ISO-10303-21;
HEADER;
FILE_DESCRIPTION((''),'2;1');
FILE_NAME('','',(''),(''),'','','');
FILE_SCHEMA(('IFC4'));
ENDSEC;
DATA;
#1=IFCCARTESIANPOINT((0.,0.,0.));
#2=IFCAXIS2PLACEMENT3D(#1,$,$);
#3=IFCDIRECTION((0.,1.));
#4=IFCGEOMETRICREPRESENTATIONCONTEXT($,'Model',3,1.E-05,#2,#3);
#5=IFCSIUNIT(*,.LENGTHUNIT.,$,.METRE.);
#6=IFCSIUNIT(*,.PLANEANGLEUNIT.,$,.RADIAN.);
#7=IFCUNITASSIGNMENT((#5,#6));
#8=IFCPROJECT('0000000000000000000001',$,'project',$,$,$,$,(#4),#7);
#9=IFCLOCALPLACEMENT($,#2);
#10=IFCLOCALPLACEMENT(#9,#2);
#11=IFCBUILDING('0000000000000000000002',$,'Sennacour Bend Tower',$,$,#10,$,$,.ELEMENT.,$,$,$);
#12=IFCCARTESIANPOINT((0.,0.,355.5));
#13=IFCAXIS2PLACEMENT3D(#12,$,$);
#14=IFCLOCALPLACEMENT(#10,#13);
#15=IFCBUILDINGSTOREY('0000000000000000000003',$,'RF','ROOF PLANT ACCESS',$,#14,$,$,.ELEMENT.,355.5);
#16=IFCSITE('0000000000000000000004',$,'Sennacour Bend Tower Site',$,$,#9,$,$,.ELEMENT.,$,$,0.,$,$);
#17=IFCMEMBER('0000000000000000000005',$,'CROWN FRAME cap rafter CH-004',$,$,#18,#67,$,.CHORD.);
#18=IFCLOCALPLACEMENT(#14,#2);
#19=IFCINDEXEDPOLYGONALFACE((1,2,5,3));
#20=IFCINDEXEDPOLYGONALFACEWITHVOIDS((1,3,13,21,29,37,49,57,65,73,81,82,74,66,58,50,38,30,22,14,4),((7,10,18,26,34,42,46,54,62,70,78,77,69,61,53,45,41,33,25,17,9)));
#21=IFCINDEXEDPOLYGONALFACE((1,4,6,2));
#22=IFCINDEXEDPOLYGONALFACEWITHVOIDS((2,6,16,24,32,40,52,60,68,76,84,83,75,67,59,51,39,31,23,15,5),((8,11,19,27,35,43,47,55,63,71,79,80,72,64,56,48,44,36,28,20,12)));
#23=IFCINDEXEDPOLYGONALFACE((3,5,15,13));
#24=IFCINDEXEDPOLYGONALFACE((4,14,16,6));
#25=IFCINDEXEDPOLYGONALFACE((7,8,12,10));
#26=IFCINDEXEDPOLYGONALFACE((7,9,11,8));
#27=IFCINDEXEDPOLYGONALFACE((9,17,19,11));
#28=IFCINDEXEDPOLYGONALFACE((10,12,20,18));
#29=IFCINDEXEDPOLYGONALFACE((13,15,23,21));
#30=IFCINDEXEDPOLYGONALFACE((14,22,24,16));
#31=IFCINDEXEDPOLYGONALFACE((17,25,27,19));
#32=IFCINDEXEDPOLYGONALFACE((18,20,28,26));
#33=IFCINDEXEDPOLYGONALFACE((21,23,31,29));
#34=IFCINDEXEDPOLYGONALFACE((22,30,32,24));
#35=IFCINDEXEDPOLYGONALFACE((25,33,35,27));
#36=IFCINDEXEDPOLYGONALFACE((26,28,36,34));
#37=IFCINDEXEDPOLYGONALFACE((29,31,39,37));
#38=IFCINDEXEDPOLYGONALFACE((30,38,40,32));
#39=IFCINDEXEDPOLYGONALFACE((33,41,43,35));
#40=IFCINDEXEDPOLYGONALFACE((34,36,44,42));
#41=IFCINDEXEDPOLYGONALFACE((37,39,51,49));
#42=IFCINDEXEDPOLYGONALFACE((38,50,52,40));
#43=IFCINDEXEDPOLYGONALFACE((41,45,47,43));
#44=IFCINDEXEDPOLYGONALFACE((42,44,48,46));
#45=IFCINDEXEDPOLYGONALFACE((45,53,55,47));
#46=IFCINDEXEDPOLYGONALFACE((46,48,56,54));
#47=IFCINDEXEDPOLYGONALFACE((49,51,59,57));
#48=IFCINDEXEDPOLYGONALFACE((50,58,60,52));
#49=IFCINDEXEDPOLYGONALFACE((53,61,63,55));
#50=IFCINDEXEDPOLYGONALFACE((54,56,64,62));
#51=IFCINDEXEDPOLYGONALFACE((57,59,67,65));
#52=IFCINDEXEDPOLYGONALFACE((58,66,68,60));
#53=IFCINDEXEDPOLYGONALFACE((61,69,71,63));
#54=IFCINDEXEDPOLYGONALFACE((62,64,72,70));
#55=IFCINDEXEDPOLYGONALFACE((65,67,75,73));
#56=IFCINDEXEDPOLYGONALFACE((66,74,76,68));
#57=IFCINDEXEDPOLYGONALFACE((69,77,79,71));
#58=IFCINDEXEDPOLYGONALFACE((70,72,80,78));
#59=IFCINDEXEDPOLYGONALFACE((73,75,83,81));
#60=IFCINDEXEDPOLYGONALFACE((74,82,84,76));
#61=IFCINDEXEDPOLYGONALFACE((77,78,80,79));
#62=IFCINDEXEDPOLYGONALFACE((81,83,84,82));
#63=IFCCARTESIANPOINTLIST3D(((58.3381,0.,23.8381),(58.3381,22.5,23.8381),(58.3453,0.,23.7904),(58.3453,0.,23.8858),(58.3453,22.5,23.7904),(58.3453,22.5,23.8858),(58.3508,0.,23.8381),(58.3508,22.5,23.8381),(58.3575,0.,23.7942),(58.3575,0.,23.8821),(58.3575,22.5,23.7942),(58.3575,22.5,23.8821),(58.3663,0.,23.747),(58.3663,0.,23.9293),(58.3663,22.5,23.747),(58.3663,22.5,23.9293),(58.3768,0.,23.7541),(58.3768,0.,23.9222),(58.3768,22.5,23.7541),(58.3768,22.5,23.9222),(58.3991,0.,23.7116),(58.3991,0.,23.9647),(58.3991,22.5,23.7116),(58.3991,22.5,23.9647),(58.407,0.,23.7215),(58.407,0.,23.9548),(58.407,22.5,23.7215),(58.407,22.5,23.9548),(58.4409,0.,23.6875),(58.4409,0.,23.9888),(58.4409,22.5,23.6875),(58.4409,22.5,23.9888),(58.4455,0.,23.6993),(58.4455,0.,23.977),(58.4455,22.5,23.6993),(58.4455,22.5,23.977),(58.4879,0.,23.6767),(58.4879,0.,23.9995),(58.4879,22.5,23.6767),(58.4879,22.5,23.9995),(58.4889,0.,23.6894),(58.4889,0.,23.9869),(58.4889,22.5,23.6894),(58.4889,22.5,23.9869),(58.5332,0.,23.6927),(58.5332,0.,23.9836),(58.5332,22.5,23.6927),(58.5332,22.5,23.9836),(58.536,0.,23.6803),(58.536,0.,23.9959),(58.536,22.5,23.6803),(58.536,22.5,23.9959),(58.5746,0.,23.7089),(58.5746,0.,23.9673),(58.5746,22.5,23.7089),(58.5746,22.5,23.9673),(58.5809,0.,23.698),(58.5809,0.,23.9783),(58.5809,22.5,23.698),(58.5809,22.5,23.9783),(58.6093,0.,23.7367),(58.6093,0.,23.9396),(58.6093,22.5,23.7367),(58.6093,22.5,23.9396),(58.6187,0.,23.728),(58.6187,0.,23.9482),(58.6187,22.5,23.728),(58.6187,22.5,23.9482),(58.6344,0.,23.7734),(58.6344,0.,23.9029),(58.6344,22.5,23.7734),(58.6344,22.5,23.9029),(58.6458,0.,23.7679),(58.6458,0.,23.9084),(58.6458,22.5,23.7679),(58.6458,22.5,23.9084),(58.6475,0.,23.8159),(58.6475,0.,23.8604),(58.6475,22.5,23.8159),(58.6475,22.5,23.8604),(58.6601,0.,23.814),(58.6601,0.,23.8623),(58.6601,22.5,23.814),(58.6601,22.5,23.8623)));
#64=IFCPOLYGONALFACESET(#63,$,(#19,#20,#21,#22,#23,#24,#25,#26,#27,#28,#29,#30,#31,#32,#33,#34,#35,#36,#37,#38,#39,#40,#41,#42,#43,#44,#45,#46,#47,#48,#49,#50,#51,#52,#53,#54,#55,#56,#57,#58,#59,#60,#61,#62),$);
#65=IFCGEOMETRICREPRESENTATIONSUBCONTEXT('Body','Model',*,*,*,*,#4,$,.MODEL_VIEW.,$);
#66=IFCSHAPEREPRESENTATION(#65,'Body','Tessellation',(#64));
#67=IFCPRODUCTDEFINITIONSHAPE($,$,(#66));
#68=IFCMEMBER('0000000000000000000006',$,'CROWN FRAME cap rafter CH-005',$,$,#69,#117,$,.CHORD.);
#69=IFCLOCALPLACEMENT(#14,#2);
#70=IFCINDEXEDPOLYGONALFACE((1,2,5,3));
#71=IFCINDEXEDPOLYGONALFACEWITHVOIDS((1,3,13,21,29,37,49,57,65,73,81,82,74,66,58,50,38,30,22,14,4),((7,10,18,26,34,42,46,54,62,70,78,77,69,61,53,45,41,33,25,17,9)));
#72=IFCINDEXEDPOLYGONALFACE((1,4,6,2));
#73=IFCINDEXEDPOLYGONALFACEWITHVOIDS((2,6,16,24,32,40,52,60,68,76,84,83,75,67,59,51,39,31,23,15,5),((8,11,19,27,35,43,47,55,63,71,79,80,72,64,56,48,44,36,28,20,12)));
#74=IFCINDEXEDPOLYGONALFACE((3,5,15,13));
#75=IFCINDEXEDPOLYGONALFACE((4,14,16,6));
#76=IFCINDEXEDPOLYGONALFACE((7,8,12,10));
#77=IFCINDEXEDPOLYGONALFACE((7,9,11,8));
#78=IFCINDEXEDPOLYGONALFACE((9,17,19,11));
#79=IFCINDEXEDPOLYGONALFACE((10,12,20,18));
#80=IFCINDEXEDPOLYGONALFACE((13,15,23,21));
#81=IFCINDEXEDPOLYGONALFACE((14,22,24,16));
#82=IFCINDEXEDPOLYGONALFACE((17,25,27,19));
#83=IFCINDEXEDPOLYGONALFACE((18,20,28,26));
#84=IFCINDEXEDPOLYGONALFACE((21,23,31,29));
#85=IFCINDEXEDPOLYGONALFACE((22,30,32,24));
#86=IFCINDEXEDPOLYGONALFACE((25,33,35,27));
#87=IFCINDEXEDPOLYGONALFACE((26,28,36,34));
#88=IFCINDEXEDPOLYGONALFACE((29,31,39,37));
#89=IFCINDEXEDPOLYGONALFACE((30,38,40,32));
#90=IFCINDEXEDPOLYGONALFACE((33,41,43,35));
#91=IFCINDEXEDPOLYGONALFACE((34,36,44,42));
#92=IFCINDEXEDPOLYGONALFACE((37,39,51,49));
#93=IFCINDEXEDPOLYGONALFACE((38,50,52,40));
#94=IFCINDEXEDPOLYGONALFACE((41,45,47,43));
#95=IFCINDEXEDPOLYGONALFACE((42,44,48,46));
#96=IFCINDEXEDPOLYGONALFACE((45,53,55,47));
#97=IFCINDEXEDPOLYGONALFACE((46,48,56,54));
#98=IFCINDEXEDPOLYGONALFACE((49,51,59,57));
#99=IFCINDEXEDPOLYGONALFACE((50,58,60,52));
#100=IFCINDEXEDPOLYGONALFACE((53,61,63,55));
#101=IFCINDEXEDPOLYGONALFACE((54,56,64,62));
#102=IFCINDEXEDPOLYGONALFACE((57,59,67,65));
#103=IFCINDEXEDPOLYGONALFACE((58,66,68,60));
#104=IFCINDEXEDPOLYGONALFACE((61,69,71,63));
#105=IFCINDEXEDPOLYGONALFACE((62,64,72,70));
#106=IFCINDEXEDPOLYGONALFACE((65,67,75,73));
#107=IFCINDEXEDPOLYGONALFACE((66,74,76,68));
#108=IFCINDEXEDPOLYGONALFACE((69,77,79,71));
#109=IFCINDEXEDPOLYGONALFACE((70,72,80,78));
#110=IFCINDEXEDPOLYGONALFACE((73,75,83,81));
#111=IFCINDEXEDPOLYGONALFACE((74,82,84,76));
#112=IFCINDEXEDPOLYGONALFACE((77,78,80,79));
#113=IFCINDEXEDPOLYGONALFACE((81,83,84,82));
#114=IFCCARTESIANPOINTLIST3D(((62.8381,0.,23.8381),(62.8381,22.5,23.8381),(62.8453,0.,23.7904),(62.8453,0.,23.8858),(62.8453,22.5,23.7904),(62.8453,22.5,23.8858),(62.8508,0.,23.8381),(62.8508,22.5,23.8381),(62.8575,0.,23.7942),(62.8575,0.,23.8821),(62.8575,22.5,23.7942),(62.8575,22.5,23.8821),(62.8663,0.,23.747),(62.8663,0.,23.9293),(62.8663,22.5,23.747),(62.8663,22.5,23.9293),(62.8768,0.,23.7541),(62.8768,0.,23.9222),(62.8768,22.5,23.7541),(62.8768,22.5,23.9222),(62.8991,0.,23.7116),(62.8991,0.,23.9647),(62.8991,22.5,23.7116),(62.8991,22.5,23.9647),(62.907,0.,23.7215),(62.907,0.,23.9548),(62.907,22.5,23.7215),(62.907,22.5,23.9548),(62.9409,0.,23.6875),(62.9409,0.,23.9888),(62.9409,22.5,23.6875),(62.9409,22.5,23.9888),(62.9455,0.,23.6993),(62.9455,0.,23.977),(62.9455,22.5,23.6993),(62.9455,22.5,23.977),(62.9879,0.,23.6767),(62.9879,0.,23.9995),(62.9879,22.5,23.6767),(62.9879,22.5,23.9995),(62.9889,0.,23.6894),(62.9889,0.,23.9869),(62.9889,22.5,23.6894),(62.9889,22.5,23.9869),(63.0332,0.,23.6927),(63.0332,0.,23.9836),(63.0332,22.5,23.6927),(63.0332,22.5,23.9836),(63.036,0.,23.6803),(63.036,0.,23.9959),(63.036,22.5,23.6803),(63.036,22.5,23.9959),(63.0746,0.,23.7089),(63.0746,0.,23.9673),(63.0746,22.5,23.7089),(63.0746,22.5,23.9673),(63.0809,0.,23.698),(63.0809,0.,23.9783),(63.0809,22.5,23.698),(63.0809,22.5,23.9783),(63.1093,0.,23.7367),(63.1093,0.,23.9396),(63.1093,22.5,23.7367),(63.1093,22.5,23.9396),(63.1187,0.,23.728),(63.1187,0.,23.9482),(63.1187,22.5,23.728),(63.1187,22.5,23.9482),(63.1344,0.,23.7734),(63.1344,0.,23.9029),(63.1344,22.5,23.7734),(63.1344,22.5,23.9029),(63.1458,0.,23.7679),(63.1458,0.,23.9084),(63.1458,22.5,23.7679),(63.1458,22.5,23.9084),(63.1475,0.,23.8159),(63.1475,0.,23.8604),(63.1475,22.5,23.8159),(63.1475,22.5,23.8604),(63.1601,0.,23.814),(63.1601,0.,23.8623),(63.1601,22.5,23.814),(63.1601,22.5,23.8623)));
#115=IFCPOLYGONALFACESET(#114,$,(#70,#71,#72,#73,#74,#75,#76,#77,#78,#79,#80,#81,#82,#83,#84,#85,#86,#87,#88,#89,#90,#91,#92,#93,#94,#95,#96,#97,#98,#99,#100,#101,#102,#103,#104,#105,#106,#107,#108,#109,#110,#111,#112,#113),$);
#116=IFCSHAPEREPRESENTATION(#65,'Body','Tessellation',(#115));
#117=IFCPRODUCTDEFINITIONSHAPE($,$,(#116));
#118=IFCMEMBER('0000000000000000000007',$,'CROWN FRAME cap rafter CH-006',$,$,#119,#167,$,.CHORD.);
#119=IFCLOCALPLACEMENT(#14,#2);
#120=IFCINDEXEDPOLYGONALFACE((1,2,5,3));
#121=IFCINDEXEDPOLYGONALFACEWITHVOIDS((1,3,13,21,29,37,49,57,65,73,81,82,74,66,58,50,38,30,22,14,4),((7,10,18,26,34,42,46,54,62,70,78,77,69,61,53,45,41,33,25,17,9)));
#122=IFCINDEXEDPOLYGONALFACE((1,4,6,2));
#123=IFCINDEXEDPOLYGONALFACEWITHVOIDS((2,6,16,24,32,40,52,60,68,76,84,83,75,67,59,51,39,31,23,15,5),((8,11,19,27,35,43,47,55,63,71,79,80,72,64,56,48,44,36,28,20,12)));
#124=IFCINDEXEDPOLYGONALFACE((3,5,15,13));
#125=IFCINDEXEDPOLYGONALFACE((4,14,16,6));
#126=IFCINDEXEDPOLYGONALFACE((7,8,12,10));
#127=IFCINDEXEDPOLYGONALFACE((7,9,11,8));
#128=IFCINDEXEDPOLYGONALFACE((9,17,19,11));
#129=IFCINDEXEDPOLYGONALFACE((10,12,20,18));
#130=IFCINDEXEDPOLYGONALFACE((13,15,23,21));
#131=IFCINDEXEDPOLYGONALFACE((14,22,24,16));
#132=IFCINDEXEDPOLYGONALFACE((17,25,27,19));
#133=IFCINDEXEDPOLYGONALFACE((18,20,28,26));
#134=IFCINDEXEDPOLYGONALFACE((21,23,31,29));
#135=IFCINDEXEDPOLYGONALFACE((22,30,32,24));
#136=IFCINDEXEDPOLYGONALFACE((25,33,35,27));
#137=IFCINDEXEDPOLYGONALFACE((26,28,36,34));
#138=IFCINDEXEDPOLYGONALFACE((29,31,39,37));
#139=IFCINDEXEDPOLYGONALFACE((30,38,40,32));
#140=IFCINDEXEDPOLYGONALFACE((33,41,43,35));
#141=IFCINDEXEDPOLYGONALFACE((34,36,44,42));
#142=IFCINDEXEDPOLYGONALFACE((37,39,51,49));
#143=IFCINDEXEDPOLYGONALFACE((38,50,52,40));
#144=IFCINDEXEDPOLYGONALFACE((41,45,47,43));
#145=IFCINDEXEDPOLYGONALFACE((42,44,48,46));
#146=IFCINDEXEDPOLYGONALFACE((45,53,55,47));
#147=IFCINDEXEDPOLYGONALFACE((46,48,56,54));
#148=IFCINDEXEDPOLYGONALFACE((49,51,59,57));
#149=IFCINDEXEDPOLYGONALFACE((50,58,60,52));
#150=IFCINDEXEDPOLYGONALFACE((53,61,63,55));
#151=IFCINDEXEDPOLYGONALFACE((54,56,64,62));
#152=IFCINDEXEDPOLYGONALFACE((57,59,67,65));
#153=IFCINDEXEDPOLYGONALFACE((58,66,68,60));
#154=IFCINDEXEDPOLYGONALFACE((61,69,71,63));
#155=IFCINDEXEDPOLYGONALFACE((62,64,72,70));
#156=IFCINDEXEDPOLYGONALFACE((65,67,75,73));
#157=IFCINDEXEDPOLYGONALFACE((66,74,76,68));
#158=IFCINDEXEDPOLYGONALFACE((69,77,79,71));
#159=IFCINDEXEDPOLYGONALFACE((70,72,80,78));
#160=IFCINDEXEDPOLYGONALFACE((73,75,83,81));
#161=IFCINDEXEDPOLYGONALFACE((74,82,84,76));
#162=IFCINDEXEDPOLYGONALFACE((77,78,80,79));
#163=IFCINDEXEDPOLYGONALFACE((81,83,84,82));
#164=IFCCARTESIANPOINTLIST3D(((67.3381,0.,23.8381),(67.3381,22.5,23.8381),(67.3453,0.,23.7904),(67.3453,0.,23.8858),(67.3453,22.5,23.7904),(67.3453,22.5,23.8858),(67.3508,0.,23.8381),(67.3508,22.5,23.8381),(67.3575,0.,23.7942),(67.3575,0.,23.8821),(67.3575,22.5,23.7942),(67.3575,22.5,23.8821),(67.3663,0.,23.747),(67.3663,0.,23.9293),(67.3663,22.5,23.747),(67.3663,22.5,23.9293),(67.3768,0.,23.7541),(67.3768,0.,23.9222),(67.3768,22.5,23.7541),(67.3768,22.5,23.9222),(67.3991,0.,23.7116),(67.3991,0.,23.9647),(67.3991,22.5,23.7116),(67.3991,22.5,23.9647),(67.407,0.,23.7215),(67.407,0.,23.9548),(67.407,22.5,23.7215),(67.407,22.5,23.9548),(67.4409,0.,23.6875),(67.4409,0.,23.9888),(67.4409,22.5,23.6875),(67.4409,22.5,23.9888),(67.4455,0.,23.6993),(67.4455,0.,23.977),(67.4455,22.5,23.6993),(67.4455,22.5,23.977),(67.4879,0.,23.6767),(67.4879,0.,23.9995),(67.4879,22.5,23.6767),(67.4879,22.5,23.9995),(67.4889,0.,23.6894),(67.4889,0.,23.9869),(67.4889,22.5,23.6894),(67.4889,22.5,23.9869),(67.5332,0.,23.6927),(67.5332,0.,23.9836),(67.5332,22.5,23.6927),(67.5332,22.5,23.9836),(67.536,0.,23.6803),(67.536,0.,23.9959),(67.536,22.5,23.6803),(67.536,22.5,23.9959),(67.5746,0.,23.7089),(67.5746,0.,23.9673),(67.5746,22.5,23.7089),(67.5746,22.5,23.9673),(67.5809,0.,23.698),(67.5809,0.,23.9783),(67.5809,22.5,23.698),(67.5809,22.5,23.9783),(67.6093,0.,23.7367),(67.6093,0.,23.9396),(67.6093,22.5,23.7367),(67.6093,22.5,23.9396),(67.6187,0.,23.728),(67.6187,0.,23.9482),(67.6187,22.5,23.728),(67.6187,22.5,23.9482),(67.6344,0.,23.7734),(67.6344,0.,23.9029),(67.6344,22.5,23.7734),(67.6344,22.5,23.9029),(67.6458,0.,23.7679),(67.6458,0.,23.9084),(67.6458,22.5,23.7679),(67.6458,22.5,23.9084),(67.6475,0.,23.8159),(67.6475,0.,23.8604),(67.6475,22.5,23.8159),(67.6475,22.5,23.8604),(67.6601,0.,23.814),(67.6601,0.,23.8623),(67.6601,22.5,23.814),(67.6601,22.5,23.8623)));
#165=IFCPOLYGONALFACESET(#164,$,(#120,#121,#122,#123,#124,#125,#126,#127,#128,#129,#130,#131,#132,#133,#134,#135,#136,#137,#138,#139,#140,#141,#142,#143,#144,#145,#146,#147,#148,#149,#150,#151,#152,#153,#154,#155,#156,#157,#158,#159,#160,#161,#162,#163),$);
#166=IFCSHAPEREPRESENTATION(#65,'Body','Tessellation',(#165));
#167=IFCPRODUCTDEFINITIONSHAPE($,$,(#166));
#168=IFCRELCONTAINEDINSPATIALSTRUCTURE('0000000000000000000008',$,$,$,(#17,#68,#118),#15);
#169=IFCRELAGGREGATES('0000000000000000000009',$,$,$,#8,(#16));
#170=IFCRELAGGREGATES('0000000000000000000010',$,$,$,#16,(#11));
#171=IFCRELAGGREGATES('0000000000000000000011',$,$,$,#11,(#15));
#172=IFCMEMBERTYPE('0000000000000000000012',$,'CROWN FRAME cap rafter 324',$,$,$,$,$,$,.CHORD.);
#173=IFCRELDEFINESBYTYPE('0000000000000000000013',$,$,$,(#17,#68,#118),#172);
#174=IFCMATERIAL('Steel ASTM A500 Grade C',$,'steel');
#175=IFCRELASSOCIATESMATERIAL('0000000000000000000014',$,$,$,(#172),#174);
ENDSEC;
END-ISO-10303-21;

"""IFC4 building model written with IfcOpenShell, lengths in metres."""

from ifc_helpers import new_model, si_unit, direction, frame, origin, origin_2d, place, context, subcontext, project, spatial, hollow_circle, extrude, material, material_profile, profile_set, type_object, element, save


model = new_model("IFC4")

# Units and contexts
model_context = context("Model", 3, precision=1e-05, world=origin(), true_north=direction((0.0, 1.0)))
body_context = subcontext(model_context, "Body", "Model", "MODEL_VIEW")
ifc_project = project(units=[si_unit("LENGTHUNIT", "METRE"), si_unit("PLANEANGLEUNIT", "RADIAN")], contexts=[model_context])

# Site, building, storey
site_placement = place(None, origin())
site = spatial("IfcSite", under=ifc_project, at=site_placement, Name="Sennacour Bend Tower Site", CompositionType="ELEMENT", RefElevation=0.0)
building_placement = place(site_placement, origin())
building = spatial("IfcBuilding", under=site, at=building_placement, Name="Sennacour Bend Tower", CompositionType="ELEMENT")
storey_placement = place(building_placement, frame((0.0, 0.0, 355.5)))
storey = spatial("IfcBuildingStorey", under=building, at=storey_placement, Name="RF", Description="ROOF PLANT ACCESS", CompositionType="ELEMENT", Elevation=355.5)

# Members
ifc_material_1 = material(Name="Steel ASTM A500 Grade C", Category="steel")
ifc_material_profile_1 = material_profile(ifc_material_1, hollow_circle(Radius=0.1619, WallThickness=0.0127, at=origin_2d()), Name="Steel ASTM A500 Grade C", Category="steel")
ifc_profile_set_1 = profile_set([ifc_material_profile_1], Name="Steel ASTM A500 Grade C")
member_type_1 = type_object("IfcMemberType", Name="CROWN FRAME cap rafter 324", PredefinedType="CHORD", material=ifc_profile_set_1)
for number, where, z_axis, x_axis, name in (
    (1, (58.5, 0.0, 23.8381), (0.0, 1.0, 0.0), (-1.0, 0.0, 0.0), "CROWN FRAME cap rafter CH-004"),
    (2, (63.0, 0.0, 23.8381), (0.0, 1.0, 0.0), (-1.0, 0.0, 0.0), "CROWN FRAME cap rafter CH-005"),
    (3, (67.5, 0.0, 23.8381), (0.0, 1.0, 0.0), (-1.0, 0.0, 0.0), "CROWN FRAME cap rafter CH-006"),
):
    element("IfcMember", number, at=place(storey_placement, frame(where, z_axis=z_axis, x_axis=x_axis)), inside=storey, type_object=member_type_1, Name=name, PredefinedType="CHORD", context=body_context, shape_type="SweptSolid", body=[
        extrude(hollow_circle(Radius=0.1619, WallThickness=0.0127, at=origin_2d()), origin(), (0.0, 0.0, 1.0), 22.5),
    ])

save(model, "model.ifc")
